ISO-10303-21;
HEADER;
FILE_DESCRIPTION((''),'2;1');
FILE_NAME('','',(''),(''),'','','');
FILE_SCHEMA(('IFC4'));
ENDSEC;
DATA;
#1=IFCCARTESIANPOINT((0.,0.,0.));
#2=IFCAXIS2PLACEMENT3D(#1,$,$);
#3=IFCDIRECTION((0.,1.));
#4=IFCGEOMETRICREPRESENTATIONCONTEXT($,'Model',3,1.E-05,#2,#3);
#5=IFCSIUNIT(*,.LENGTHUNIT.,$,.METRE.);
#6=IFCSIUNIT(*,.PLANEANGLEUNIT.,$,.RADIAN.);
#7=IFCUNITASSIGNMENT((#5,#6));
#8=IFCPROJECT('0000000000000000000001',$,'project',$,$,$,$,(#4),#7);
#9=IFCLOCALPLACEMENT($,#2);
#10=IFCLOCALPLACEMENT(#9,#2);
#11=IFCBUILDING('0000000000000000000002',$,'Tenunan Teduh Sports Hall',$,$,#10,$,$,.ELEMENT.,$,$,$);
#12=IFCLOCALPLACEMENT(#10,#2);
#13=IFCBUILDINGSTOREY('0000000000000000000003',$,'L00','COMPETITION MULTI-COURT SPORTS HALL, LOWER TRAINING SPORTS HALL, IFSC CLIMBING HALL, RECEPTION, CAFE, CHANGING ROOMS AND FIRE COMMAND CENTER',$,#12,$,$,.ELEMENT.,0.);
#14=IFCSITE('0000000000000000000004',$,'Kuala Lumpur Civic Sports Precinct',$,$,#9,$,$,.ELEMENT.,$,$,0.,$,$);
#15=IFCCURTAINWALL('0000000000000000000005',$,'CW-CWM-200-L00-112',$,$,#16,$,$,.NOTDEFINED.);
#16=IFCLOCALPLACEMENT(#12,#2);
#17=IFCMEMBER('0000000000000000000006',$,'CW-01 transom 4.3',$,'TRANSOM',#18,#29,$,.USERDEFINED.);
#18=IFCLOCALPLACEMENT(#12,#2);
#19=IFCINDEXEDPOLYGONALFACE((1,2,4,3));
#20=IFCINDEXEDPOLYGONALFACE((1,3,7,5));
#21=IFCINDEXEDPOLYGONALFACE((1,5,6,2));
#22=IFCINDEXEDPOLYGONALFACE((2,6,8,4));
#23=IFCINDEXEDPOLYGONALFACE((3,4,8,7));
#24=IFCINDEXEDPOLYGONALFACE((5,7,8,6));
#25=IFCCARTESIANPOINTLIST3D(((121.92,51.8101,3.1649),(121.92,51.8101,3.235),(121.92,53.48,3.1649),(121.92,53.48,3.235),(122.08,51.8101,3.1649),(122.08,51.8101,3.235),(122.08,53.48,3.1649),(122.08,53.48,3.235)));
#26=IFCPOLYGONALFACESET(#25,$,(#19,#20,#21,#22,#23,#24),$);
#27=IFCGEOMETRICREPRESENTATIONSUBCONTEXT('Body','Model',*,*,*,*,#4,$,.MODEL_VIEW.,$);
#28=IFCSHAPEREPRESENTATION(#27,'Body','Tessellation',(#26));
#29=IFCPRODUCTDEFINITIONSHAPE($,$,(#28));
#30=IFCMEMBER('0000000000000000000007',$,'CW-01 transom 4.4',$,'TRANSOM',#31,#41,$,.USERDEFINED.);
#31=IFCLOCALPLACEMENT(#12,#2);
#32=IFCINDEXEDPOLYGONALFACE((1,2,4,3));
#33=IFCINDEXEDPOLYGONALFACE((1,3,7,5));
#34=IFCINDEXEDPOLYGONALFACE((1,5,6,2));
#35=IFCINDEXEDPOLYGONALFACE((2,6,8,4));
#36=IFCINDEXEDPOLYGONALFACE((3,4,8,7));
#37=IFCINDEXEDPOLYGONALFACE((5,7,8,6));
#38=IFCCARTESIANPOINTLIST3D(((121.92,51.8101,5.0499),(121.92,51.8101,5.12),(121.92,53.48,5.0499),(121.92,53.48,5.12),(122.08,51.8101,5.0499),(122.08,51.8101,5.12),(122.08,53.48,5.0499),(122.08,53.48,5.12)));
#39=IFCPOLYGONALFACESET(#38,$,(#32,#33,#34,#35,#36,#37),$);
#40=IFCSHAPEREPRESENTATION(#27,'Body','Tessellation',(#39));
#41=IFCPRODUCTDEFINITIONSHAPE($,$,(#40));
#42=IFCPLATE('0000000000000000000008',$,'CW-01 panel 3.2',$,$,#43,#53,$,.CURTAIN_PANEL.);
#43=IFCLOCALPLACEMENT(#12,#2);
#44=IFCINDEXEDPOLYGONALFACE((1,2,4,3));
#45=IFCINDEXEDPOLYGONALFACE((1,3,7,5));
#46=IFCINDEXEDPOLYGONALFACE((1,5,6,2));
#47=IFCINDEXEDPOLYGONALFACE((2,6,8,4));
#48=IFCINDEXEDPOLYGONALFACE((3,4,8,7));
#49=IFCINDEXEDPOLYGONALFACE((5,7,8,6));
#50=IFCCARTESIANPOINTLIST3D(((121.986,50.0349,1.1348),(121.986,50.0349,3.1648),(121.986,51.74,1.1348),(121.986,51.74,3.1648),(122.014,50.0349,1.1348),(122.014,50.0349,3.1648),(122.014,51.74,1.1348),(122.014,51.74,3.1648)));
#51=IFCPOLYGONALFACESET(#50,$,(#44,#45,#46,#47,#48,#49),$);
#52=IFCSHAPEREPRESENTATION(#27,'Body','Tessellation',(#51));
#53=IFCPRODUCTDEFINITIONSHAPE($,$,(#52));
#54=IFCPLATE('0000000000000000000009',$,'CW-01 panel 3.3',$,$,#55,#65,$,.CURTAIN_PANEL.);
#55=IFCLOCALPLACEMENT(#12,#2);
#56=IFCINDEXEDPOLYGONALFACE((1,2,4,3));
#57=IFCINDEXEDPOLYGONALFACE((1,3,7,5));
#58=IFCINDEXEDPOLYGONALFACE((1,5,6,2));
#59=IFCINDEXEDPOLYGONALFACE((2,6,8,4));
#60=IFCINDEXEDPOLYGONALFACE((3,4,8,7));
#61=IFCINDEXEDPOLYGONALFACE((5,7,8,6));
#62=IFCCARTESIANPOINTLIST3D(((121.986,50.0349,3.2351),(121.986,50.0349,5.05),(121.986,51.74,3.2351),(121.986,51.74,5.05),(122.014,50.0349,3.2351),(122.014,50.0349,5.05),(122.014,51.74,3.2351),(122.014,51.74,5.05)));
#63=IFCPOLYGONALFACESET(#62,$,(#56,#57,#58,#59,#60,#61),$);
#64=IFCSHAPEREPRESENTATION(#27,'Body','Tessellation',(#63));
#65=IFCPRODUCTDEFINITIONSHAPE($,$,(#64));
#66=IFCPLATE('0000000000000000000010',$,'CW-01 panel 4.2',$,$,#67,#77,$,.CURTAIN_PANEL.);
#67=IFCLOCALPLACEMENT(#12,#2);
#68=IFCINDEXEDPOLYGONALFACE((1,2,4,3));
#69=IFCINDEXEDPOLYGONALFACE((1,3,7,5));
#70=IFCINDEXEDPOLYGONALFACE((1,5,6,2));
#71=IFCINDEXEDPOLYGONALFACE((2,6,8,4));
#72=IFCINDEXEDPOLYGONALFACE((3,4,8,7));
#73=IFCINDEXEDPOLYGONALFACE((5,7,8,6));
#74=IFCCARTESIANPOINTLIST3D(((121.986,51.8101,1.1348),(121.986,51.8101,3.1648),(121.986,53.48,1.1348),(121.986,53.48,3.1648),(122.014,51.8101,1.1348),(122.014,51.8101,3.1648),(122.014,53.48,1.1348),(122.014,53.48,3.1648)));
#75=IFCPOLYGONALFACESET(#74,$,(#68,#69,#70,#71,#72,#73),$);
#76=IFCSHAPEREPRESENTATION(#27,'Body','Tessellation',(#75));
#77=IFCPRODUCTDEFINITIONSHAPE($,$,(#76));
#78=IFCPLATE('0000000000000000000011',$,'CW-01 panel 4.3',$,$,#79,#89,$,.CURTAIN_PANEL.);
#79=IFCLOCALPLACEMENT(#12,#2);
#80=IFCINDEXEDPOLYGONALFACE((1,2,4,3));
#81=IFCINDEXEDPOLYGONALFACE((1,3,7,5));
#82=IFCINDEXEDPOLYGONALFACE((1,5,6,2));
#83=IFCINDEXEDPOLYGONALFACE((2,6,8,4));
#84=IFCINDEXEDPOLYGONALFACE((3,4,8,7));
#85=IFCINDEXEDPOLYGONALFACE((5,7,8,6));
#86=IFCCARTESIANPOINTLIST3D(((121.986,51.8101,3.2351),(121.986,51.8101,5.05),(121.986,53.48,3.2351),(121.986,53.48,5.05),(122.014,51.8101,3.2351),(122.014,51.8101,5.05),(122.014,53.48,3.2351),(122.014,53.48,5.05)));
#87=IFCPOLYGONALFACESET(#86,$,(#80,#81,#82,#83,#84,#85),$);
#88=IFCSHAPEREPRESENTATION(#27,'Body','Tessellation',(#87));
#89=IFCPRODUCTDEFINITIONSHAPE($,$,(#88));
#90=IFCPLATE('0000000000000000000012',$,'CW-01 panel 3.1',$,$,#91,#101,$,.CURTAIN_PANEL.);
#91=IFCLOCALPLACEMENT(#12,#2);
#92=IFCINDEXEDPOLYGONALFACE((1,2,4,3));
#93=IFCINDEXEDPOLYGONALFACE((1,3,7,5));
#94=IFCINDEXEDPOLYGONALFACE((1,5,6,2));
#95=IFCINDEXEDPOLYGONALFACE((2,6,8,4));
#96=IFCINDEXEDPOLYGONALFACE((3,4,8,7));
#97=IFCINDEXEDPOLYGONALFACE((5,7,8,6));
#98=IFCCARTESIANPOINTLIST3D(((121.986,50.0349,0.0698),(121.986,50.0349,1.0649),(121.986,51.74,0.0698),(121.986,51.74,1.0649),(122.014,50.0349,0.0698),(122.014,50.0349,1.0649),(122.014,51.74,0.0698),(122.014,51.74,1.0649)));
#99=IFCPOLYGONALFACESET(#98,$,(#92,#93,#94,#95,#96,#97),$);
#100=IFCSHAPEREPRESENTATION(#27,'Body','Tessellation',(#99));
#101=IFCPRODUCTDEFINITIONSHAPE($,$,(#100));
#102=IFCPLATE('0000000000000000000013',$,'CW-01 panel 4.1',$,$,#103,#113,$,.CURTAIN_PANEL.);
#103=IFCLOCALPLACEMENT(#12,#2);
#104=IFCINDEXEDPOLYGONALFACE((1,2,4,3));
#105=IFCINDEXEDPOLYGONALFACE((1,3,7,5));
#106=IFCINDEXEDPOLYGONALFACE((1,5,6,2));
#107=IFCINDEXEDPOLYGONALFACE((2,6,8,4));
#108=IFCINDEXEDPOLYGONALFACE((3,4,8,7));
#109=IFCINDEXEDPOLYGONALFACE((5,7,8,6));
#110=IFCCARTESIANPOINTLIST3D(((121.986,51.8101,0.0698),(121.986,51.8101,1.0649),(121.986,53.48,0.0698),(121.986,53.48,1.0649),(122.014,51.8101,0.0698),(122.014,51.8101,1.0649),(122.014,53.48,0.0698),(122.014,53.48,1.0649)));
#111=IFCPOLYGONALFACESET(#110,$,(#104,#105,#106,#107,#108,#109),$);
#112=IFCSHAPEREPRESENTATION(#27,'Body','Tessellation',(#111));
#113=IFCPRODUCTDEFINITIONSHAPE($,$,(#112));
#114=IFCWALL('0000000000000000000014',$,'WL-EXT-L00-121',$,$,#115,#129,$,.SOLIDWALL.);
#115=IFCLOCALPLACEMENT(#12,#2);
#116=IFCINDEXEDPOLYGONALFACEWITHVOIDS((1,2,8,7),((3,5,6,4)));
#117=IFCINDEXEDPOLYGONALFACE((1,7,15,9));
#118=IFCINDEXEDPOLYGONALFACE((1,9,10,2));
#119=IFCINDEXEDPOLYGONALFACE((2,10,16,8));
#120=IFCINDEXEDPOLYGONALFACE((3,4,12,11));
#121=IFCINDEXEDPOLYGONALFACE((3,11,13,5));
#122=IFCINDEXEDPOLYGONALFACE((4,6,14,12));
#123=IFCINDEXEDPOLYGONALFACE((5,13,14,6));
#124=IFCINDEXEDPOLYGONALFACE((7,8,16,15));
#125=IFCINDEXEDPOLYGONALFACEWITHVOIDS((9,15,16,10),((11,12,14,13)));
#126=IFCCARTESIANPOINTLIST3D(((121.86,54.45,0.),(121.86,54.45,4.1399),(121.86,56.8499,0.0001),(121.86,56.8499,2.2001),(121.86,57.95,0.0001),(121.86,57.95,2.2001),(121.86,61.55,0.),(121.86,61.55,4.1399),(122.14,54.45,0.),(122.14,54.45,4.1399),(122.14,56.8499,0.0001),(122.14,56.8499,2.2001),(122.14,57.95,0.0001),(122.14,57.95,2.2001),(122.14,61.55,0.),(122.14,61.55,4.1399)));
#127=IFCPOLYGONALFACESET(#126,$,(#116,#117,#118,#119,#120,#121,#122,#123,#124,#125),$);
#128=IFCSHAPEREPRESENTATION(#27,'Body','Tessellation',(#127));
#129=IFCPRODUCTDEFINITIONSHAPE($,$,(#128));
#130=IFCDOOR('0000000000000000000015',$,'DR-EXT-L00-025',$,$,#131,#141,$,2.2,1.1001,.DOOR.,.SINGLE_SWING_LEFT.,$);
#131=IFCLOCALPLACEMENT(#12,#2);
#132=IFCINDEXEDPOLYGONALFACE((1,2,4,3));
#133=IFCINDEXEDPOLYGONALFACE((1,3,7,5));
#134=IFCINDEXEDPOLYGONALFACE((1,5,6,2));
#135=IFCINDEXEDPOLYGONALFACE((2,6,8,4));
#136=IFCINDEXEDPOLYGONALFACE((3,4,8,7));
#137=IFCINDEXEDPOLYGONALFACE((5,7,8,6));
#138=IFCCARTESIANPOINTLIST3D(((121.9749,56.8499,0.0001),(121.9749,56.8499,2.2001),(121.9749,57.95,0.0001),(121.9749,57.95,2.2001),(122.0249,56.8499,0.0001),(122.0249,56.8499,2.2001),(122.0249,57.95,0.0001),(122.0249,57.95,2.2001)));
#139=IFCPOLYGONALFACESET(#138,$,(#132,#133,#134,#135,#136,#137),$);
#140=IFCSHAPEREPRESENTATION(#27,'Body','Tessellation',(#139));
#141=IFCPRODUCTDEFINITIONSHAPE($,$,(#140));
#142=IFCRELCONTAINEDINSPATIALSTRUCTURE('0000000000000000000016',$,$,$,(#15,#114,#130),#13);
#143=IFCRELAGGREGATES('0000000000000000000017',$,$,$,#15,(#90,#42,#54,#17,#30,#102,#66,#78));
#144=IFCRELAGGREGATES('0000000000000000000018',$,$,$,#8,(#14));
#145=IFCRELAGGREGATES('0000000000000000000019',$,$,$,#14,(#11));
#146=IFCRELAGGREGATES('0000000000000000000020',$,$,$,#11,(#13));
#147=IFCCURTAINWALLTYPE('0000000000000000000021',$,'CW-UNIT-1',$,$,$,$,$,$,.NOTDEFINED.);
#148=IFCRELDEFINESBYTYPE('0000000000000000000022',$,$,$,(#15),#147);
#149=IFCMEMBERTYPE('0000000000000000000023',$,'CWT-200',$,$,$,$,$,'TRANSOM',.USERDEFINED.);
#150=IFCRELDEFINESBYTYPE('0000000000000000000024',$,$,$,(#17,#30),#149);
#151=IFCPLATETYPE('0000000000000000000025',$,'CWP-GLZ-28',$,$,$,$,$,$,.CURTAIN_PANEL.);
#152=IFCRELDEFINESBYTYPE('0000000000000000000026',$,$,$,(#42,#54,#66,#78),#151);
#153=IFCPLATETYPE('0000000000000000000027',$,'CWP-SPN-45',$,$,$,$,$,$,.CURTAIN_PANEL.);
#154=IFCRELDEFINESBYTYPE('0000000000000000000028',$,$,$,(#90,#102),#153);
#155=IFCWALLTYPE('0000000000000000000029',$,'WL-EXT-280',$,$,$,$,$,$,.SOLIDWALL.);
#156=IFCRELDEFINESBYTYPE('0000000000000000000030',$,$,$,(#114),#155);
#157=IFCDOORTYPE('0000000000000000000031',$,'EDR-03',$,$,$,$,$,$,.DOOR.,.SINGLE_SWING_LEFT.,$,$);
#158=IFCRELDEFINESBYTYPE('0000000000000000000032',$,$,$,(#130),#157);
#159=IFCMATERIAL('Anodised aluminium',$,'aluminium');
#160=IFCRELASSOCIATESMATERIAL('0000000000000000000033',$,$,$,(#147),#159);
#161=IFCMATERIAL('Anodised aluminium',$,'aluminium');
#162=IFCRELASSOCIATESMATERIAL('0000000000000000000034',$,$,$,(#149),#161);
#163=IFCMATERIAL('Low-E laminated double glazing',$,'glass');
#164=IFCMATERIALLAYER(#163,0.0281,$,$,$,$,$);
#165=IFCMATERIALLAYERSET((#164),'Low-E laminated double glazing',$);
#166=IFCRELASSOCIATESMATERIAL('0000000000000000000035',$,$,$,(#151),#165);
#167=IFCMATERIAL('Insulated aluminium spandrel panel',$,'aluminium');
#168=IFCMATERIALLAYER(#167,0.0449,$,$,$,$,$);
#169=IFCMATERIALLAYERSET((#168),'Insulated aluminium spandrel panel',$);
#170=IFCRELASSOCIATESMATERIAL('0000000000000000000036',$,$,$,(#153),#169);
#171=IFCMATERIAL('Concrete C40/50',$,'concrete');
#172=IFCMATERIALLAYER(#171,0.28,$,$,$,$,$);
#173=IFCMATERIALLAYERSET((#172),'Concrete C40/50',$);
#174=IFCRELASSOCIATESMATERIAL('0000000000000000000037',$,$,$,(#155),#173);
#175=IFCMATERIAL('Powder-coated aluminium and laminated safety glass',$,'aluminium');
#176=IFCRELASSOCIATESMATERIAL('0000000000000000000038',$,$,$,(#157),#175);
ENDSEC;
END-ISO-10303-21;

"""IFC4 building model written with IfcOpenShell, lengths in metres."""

from ifc_helpers import new_model, si_unit, direction, frame, frame_2d, origin, origin_2d, place, context, subcontext, project, spatial, rectangle, extrude, material, layer, layer_set, material_profile, profile_set, type_object, element, fill, aggregate, save


model = new_model("IFC4")

# Units and contexts
model_context = context("Model", 3, precision=1e-05, world=origin(), true_north=direction((0.0, 1.0)))
body_context = subcontext(model_context, "Body", "Model", "MODEL_VIEW")
ifc_project = project(units=[si_unit("LENGTHUNIT", "METRE"), si_unit("PLANEANGLEUNIT", "RADIAN")], contexts=[model_context])

# Site, building, storey
site_placement = place(None, origin())
site = spatial("IfcSite", under=ifc_project, at=site_placement, Name="Kuala Lumpur Civic Sports Precinct", CompositionType="ELEMENT", RefElevation=0.0)
building_placement = place(site_placement, origin())
building = spatial("IfcBuilding", under=site, at=building_placement, Name="Tenunan Teduh Sports Hall", CompositionType="ELEMENT")
storey_placement = place(building_placement, origin())
storey = spatial("IfcBuildingStorey", under=building, at=storey_placement, Name="L00", Description="COMPETITION MULTI-COURT SPORTS HALL, LOWER TRAINING SPORTS HALL, IFSC CLIMBING HALL, RECEPTION, CAFE, CHANGING ROOMS AND FIRE COMMAND CENTER", CompositionType="ELEMENT", Elevation=0.0)

# Shared definitions
ifc_material_1 = material(Name="Anodised aluminium", Category="aluminium")
curtain_wall_type = type_object("IfcCurtainWallType", Name="CW-UNIT-1", PredefinedType="NOTDEFINED", material=ifc_material_1)

# Curtain wall, members, plates
curtain_wall_1_placement = place(storey_placement, origin())
curtain_wall_1 = element("IfcCurtainWall", 1, at=curtain_wall_1_placement, inside=storey, type_object=curtain_wall_type, Name="CW-CWM-200-L00-112", PredefinedType="NOTDEFINED")
ifc_material_2 = material(Name="Anodised aluminium", Category="aluminium")
ifc_material_profile_1 = material_profile(ifc_material_2, rectangle(XDim=0.0701, YDim=0.1599, at=origin_2d()), Name="CWT 70x160")
ifc_profile_set_1 = profile_set([ifc_material_profile_1], Name="Anodised aluminium")
member_type_1 = type_object("IfcMemberType", Name="CWT-200", ElementType="TRANSOM", PredefinedType="USERDEFINED", material=ifc_profile_set_1)
member_1_placement = place(storey_placement, frame((122.0, 51.8101, 3.2), z_axis=(0.0, 1.0, 0.0), x_axis=(0.0, 0.0, 1.0)))
member_1 = element("IfcMember", 2, at=member_1_placement, type_object=member_type_1, Name="CW-01 transom 4.3", ObjectType="TRANSOM", PredefinedType="USERDEFINED", context=body_context, shape_type="SweptSolid", body=[
    extrude(rectangle(XDim=0.0701, YDim=0.1599, at=origin_2d()), origin(), (0.0, 0.0, 1.0), 1.6699),
])
member_2_placement = place(storey_placement, frame((122.0, 51.8101, 5.085), z_axis=(0.0, 1.0, 0.0), x_axis=(0.0, 0.0, 1.0)))
member_2 = element("IfcMember", 3, at=member_2_placement, type_object=member_type_1, Name="CW-01 transom 4.4", ObjectType="TRANSOM", PredefinedType="USERDEFINED", context=body_context, shape_type="SweptSolid", body=[
    extrude(rectangle(XDim=0.0701, YDim=0.1599, at=origin_2d()), origin(), (0.0, 0.0, 1.0), 1.6699),
])
ifc_material_3 = material(Name="Low-E laminated double glazing", Category="glass")
ifc_layer_1 = layer(ifc_material_3, 0.0281)
ifc_layer_set_1 = layer_set([ifc_layer_1], Name="Low-E laminated double glazing")
plate_type_1 = type_object("IfcPlateType", Name="CWP-GLZ-28", PredefinedType="CURTAIN_PANEL", material=ifc_layer_set_1)
plate_1_placement = place(storey_placement, frame((122.0, 50.8875, 1.1348), z_axis=(0.0, 0.0, 1.0), x_axis=(0.0, 1.0, 0.0)))
plate_1 = element("IfcPlate", 4, at=plate_1_placement, type_object=plate_type_1, Name="CW-01 panel 3.2", PredefinedType="CURTAIN_PANEL", context=body_context, shape_type="SweptSolid", body=[
    extrude(rectangle(XDim=1.7051, YDim=0.0281, at=origin_2d()), origin(), (0.0, 0.0, 1.0), 2.03),
])
plate_2_placement = place(storey_placement, frame((122.0, 50.8875, 3.2351), z_axis=(0.0, 0.0, 1.0), x_axis=(0.0, 1.0, 0.0)))
plate_2 = element("IfcPlate", 5, at=plate_2_placement, type_object=plate_type_1, Name="CW-01 panel 3.3", PredefinedType="CURTAIN_PANEL", context=body_context, shape_type="SweptSolid", body=[
    extrude(rectangle(XDim=1.7051, YDim=0.0281, at=origin_2d()), origin(), (0.0, 0.0, 1.0), 1.8149),
])
plate_3_placement = place(storey_placement, frame((122.0, 52.645, 1.1348), z_axis=(0.0, 0.0, 1.0), x_axis=(0.0, 1.0, 0.0)))
plate_3 = element("IfcPlate", 6, at=plate_3_placement, type_object=plate_type_1, Name="CW-01 panel 4.2", PredefinedType="CURTAIN_PANEL", context=body_context, shape_type="SweptSolid", body=[
    extrude(rectangle(XDim=1.6699, YDim=0.0281, at=origin_2d()), origin(), (0.0, 0.0, 1.0), 2.03),
])
plate_4_placement = place(storey_placement, frame((122.0, 52.645, 3.2351), z_axis=(0.0, 0.0, 1.0), x_axis=(0.0, 1.0, 0.0)))
plate_4 = element("IfcPlate", 7, at=plate_4_placement, type_object=plate_type_1, Name="CW-01 panel 4.3", PredefinedType="CURTAIN_PANEL", context=body_context, shape_type="SweptSolid", body=[
    extrude(rectangle(XDim=1.6699, YDim=0.0281, at=origin_2d()), origin(), (0.0, 0.0, 1.0), 1.8149),
])
ifc_material_4 = material(Name="Insulated aluminium spandrel panel", Category="aluminium")
ifc_layer_2 = layer(ifc_material_4, 0.0449)
ifc_layer_set_2 = layer_set([ifc_layer_2], Name="Insulated aluminium spandrel panel")
plate_type_2 = type_object("IfcPlateType", Name="CWP-SPN-45", PredefinedType="CURTAIN_PANEL", material=ifc_layer_set_2)
plate_5_placement = place(storey_placement, frame((122.0, 50.8875, 0.0698), z_axis=(0.0, 0.0, 1.0), x_axis=(0.0, 1.0, 0.0)))
plate_5 = element("IfcPlate", 8, at=plate_5_placement, type_object=plate_type_2, Name="CW-01 panel 3.1", PredefinedType="CURTAIN_PANEL", context=body_context, shape_type="SweptSolid", body=[
    extrude(rectangle(XDim=1.7051, YDim=0.0281, at=origin_2d()), origin(), (0.0, 0.0, 1.0), 0.9951),
])
plate_6_placement = place(storey_placement, frame((122.0, 52.645, 0.0698), z_axis=(0.0, 0.0, 1.0), x_axis=(0.0, 1.0, 0.0)))
plate_6 = element("IfcPlate", 9, at=plate_6_placement, type_object=plate_type_2, Name="CW-01 panel 4.1", PredefinedType="CURTAIN_PANEL", context=body_context, shape_type="SweptSolid", body=[
    extrude(rectangle(XDim=1.6699, YDim=0.0281, at=origin_2d()), origin(), (0.0, 0.0, 1.0), 0.9951),
])
aggregate(curtain_wall_1, [plate_5, plate_1, plate_2, member_1, member_2, plate_6, plate_3, plate_4])

# Wall, opening, door
ifc_material_5 = material(Name="Concrete C40/50", Category="concrete")
ifc_layer_3 = layer(ifc_material_5, 0.28)
ifc_layer_set_3 = layer_set([ifc_layer_3], Name="Concrete C40/50")
wall_type = type_object("IfcWallType", Name="WL-EXT-280", PredefinedType="SOLIDWALL", material=ifc_layer_set_3)
wall_placement = place(storey_placement, frame((122.0, 54.45, 0.0), z_axis=(0.0, 0.0, 1.0), x_axis=(0.0, 1.0, 0.0)))
wall = element("IfcWall", 10, at=wall_placement, inside=storey, type_object=wall_type, Name="WL-EXT-L00-121", PredefinedType="SOLIDWALL", context=body_context, shape_type="SweptSolid", body=[
    extrude(rectangle(XDim=7.1001, YDim=0.28, at=frame_2d((3.55, 0.0))), origin(), (0.0, 0.0, 1.0), 4.1399),
])
opening_placement = place(wall_placement, frame((2.3999, 0.0, 0.0)))
opening = element("IfcOpeningElement", 11, at=opening_placement, cuts=wall, PredefinedType="OPENING", context=body_context, shape_type="SweptSolid", body=[
    extrude(rectangle(XDim=1.1001, YDim=2.2, at=frame_2d((0.55, 1.1001))), frame((0.0, 0.1499, 0.0), z_axis=(0.0, -1.0, 0.0), x_axis=(1.0, 0.0, 0.0)), (0.0, 0.0, 1.0), 0.3),
])
ifc_material_6 = material(Name="Powder-coated aluminium and laminated safety glass", Category="aluminium")
door_type = type_object("IfcDoorType", Name="EDR-03", OperationType="SINGLE_SWING_LEFT", PredefinedType="DOOR", material=ifc_material_6)
door_placement = place(opening_placement, frame((1.1001, 0.0, 0.0), z_axis=(0.0, 0.0, 1.0), x_axis=(-1.0, 0.0, 0.0)))
door = element("IfcDoor", 12, at=door_placement, inside=storey, type_object=door_type, Name="DR-EXT-L00-025", OperationType="SINGLE_SWING_LEFT", OverallHeight=2.2, OverallWidth=1.1001, PredefinedType="DOOR", context=body_context, shape_type="SweptSolid", body=[
    extrude(rectangle(XDim=1.1001, YDim=2.2, at=frame_2d((0.55, 1.1001))), frame((0.0, 0.0249, 0.0), z_axis=(0.0, -1.0, 0.0), x_axis=(1.0, 0.0, 0.0)), (0.0, 0.0, 1.0), 0.05),
])
fill(opening, door)

save(model, "model.ifc")
